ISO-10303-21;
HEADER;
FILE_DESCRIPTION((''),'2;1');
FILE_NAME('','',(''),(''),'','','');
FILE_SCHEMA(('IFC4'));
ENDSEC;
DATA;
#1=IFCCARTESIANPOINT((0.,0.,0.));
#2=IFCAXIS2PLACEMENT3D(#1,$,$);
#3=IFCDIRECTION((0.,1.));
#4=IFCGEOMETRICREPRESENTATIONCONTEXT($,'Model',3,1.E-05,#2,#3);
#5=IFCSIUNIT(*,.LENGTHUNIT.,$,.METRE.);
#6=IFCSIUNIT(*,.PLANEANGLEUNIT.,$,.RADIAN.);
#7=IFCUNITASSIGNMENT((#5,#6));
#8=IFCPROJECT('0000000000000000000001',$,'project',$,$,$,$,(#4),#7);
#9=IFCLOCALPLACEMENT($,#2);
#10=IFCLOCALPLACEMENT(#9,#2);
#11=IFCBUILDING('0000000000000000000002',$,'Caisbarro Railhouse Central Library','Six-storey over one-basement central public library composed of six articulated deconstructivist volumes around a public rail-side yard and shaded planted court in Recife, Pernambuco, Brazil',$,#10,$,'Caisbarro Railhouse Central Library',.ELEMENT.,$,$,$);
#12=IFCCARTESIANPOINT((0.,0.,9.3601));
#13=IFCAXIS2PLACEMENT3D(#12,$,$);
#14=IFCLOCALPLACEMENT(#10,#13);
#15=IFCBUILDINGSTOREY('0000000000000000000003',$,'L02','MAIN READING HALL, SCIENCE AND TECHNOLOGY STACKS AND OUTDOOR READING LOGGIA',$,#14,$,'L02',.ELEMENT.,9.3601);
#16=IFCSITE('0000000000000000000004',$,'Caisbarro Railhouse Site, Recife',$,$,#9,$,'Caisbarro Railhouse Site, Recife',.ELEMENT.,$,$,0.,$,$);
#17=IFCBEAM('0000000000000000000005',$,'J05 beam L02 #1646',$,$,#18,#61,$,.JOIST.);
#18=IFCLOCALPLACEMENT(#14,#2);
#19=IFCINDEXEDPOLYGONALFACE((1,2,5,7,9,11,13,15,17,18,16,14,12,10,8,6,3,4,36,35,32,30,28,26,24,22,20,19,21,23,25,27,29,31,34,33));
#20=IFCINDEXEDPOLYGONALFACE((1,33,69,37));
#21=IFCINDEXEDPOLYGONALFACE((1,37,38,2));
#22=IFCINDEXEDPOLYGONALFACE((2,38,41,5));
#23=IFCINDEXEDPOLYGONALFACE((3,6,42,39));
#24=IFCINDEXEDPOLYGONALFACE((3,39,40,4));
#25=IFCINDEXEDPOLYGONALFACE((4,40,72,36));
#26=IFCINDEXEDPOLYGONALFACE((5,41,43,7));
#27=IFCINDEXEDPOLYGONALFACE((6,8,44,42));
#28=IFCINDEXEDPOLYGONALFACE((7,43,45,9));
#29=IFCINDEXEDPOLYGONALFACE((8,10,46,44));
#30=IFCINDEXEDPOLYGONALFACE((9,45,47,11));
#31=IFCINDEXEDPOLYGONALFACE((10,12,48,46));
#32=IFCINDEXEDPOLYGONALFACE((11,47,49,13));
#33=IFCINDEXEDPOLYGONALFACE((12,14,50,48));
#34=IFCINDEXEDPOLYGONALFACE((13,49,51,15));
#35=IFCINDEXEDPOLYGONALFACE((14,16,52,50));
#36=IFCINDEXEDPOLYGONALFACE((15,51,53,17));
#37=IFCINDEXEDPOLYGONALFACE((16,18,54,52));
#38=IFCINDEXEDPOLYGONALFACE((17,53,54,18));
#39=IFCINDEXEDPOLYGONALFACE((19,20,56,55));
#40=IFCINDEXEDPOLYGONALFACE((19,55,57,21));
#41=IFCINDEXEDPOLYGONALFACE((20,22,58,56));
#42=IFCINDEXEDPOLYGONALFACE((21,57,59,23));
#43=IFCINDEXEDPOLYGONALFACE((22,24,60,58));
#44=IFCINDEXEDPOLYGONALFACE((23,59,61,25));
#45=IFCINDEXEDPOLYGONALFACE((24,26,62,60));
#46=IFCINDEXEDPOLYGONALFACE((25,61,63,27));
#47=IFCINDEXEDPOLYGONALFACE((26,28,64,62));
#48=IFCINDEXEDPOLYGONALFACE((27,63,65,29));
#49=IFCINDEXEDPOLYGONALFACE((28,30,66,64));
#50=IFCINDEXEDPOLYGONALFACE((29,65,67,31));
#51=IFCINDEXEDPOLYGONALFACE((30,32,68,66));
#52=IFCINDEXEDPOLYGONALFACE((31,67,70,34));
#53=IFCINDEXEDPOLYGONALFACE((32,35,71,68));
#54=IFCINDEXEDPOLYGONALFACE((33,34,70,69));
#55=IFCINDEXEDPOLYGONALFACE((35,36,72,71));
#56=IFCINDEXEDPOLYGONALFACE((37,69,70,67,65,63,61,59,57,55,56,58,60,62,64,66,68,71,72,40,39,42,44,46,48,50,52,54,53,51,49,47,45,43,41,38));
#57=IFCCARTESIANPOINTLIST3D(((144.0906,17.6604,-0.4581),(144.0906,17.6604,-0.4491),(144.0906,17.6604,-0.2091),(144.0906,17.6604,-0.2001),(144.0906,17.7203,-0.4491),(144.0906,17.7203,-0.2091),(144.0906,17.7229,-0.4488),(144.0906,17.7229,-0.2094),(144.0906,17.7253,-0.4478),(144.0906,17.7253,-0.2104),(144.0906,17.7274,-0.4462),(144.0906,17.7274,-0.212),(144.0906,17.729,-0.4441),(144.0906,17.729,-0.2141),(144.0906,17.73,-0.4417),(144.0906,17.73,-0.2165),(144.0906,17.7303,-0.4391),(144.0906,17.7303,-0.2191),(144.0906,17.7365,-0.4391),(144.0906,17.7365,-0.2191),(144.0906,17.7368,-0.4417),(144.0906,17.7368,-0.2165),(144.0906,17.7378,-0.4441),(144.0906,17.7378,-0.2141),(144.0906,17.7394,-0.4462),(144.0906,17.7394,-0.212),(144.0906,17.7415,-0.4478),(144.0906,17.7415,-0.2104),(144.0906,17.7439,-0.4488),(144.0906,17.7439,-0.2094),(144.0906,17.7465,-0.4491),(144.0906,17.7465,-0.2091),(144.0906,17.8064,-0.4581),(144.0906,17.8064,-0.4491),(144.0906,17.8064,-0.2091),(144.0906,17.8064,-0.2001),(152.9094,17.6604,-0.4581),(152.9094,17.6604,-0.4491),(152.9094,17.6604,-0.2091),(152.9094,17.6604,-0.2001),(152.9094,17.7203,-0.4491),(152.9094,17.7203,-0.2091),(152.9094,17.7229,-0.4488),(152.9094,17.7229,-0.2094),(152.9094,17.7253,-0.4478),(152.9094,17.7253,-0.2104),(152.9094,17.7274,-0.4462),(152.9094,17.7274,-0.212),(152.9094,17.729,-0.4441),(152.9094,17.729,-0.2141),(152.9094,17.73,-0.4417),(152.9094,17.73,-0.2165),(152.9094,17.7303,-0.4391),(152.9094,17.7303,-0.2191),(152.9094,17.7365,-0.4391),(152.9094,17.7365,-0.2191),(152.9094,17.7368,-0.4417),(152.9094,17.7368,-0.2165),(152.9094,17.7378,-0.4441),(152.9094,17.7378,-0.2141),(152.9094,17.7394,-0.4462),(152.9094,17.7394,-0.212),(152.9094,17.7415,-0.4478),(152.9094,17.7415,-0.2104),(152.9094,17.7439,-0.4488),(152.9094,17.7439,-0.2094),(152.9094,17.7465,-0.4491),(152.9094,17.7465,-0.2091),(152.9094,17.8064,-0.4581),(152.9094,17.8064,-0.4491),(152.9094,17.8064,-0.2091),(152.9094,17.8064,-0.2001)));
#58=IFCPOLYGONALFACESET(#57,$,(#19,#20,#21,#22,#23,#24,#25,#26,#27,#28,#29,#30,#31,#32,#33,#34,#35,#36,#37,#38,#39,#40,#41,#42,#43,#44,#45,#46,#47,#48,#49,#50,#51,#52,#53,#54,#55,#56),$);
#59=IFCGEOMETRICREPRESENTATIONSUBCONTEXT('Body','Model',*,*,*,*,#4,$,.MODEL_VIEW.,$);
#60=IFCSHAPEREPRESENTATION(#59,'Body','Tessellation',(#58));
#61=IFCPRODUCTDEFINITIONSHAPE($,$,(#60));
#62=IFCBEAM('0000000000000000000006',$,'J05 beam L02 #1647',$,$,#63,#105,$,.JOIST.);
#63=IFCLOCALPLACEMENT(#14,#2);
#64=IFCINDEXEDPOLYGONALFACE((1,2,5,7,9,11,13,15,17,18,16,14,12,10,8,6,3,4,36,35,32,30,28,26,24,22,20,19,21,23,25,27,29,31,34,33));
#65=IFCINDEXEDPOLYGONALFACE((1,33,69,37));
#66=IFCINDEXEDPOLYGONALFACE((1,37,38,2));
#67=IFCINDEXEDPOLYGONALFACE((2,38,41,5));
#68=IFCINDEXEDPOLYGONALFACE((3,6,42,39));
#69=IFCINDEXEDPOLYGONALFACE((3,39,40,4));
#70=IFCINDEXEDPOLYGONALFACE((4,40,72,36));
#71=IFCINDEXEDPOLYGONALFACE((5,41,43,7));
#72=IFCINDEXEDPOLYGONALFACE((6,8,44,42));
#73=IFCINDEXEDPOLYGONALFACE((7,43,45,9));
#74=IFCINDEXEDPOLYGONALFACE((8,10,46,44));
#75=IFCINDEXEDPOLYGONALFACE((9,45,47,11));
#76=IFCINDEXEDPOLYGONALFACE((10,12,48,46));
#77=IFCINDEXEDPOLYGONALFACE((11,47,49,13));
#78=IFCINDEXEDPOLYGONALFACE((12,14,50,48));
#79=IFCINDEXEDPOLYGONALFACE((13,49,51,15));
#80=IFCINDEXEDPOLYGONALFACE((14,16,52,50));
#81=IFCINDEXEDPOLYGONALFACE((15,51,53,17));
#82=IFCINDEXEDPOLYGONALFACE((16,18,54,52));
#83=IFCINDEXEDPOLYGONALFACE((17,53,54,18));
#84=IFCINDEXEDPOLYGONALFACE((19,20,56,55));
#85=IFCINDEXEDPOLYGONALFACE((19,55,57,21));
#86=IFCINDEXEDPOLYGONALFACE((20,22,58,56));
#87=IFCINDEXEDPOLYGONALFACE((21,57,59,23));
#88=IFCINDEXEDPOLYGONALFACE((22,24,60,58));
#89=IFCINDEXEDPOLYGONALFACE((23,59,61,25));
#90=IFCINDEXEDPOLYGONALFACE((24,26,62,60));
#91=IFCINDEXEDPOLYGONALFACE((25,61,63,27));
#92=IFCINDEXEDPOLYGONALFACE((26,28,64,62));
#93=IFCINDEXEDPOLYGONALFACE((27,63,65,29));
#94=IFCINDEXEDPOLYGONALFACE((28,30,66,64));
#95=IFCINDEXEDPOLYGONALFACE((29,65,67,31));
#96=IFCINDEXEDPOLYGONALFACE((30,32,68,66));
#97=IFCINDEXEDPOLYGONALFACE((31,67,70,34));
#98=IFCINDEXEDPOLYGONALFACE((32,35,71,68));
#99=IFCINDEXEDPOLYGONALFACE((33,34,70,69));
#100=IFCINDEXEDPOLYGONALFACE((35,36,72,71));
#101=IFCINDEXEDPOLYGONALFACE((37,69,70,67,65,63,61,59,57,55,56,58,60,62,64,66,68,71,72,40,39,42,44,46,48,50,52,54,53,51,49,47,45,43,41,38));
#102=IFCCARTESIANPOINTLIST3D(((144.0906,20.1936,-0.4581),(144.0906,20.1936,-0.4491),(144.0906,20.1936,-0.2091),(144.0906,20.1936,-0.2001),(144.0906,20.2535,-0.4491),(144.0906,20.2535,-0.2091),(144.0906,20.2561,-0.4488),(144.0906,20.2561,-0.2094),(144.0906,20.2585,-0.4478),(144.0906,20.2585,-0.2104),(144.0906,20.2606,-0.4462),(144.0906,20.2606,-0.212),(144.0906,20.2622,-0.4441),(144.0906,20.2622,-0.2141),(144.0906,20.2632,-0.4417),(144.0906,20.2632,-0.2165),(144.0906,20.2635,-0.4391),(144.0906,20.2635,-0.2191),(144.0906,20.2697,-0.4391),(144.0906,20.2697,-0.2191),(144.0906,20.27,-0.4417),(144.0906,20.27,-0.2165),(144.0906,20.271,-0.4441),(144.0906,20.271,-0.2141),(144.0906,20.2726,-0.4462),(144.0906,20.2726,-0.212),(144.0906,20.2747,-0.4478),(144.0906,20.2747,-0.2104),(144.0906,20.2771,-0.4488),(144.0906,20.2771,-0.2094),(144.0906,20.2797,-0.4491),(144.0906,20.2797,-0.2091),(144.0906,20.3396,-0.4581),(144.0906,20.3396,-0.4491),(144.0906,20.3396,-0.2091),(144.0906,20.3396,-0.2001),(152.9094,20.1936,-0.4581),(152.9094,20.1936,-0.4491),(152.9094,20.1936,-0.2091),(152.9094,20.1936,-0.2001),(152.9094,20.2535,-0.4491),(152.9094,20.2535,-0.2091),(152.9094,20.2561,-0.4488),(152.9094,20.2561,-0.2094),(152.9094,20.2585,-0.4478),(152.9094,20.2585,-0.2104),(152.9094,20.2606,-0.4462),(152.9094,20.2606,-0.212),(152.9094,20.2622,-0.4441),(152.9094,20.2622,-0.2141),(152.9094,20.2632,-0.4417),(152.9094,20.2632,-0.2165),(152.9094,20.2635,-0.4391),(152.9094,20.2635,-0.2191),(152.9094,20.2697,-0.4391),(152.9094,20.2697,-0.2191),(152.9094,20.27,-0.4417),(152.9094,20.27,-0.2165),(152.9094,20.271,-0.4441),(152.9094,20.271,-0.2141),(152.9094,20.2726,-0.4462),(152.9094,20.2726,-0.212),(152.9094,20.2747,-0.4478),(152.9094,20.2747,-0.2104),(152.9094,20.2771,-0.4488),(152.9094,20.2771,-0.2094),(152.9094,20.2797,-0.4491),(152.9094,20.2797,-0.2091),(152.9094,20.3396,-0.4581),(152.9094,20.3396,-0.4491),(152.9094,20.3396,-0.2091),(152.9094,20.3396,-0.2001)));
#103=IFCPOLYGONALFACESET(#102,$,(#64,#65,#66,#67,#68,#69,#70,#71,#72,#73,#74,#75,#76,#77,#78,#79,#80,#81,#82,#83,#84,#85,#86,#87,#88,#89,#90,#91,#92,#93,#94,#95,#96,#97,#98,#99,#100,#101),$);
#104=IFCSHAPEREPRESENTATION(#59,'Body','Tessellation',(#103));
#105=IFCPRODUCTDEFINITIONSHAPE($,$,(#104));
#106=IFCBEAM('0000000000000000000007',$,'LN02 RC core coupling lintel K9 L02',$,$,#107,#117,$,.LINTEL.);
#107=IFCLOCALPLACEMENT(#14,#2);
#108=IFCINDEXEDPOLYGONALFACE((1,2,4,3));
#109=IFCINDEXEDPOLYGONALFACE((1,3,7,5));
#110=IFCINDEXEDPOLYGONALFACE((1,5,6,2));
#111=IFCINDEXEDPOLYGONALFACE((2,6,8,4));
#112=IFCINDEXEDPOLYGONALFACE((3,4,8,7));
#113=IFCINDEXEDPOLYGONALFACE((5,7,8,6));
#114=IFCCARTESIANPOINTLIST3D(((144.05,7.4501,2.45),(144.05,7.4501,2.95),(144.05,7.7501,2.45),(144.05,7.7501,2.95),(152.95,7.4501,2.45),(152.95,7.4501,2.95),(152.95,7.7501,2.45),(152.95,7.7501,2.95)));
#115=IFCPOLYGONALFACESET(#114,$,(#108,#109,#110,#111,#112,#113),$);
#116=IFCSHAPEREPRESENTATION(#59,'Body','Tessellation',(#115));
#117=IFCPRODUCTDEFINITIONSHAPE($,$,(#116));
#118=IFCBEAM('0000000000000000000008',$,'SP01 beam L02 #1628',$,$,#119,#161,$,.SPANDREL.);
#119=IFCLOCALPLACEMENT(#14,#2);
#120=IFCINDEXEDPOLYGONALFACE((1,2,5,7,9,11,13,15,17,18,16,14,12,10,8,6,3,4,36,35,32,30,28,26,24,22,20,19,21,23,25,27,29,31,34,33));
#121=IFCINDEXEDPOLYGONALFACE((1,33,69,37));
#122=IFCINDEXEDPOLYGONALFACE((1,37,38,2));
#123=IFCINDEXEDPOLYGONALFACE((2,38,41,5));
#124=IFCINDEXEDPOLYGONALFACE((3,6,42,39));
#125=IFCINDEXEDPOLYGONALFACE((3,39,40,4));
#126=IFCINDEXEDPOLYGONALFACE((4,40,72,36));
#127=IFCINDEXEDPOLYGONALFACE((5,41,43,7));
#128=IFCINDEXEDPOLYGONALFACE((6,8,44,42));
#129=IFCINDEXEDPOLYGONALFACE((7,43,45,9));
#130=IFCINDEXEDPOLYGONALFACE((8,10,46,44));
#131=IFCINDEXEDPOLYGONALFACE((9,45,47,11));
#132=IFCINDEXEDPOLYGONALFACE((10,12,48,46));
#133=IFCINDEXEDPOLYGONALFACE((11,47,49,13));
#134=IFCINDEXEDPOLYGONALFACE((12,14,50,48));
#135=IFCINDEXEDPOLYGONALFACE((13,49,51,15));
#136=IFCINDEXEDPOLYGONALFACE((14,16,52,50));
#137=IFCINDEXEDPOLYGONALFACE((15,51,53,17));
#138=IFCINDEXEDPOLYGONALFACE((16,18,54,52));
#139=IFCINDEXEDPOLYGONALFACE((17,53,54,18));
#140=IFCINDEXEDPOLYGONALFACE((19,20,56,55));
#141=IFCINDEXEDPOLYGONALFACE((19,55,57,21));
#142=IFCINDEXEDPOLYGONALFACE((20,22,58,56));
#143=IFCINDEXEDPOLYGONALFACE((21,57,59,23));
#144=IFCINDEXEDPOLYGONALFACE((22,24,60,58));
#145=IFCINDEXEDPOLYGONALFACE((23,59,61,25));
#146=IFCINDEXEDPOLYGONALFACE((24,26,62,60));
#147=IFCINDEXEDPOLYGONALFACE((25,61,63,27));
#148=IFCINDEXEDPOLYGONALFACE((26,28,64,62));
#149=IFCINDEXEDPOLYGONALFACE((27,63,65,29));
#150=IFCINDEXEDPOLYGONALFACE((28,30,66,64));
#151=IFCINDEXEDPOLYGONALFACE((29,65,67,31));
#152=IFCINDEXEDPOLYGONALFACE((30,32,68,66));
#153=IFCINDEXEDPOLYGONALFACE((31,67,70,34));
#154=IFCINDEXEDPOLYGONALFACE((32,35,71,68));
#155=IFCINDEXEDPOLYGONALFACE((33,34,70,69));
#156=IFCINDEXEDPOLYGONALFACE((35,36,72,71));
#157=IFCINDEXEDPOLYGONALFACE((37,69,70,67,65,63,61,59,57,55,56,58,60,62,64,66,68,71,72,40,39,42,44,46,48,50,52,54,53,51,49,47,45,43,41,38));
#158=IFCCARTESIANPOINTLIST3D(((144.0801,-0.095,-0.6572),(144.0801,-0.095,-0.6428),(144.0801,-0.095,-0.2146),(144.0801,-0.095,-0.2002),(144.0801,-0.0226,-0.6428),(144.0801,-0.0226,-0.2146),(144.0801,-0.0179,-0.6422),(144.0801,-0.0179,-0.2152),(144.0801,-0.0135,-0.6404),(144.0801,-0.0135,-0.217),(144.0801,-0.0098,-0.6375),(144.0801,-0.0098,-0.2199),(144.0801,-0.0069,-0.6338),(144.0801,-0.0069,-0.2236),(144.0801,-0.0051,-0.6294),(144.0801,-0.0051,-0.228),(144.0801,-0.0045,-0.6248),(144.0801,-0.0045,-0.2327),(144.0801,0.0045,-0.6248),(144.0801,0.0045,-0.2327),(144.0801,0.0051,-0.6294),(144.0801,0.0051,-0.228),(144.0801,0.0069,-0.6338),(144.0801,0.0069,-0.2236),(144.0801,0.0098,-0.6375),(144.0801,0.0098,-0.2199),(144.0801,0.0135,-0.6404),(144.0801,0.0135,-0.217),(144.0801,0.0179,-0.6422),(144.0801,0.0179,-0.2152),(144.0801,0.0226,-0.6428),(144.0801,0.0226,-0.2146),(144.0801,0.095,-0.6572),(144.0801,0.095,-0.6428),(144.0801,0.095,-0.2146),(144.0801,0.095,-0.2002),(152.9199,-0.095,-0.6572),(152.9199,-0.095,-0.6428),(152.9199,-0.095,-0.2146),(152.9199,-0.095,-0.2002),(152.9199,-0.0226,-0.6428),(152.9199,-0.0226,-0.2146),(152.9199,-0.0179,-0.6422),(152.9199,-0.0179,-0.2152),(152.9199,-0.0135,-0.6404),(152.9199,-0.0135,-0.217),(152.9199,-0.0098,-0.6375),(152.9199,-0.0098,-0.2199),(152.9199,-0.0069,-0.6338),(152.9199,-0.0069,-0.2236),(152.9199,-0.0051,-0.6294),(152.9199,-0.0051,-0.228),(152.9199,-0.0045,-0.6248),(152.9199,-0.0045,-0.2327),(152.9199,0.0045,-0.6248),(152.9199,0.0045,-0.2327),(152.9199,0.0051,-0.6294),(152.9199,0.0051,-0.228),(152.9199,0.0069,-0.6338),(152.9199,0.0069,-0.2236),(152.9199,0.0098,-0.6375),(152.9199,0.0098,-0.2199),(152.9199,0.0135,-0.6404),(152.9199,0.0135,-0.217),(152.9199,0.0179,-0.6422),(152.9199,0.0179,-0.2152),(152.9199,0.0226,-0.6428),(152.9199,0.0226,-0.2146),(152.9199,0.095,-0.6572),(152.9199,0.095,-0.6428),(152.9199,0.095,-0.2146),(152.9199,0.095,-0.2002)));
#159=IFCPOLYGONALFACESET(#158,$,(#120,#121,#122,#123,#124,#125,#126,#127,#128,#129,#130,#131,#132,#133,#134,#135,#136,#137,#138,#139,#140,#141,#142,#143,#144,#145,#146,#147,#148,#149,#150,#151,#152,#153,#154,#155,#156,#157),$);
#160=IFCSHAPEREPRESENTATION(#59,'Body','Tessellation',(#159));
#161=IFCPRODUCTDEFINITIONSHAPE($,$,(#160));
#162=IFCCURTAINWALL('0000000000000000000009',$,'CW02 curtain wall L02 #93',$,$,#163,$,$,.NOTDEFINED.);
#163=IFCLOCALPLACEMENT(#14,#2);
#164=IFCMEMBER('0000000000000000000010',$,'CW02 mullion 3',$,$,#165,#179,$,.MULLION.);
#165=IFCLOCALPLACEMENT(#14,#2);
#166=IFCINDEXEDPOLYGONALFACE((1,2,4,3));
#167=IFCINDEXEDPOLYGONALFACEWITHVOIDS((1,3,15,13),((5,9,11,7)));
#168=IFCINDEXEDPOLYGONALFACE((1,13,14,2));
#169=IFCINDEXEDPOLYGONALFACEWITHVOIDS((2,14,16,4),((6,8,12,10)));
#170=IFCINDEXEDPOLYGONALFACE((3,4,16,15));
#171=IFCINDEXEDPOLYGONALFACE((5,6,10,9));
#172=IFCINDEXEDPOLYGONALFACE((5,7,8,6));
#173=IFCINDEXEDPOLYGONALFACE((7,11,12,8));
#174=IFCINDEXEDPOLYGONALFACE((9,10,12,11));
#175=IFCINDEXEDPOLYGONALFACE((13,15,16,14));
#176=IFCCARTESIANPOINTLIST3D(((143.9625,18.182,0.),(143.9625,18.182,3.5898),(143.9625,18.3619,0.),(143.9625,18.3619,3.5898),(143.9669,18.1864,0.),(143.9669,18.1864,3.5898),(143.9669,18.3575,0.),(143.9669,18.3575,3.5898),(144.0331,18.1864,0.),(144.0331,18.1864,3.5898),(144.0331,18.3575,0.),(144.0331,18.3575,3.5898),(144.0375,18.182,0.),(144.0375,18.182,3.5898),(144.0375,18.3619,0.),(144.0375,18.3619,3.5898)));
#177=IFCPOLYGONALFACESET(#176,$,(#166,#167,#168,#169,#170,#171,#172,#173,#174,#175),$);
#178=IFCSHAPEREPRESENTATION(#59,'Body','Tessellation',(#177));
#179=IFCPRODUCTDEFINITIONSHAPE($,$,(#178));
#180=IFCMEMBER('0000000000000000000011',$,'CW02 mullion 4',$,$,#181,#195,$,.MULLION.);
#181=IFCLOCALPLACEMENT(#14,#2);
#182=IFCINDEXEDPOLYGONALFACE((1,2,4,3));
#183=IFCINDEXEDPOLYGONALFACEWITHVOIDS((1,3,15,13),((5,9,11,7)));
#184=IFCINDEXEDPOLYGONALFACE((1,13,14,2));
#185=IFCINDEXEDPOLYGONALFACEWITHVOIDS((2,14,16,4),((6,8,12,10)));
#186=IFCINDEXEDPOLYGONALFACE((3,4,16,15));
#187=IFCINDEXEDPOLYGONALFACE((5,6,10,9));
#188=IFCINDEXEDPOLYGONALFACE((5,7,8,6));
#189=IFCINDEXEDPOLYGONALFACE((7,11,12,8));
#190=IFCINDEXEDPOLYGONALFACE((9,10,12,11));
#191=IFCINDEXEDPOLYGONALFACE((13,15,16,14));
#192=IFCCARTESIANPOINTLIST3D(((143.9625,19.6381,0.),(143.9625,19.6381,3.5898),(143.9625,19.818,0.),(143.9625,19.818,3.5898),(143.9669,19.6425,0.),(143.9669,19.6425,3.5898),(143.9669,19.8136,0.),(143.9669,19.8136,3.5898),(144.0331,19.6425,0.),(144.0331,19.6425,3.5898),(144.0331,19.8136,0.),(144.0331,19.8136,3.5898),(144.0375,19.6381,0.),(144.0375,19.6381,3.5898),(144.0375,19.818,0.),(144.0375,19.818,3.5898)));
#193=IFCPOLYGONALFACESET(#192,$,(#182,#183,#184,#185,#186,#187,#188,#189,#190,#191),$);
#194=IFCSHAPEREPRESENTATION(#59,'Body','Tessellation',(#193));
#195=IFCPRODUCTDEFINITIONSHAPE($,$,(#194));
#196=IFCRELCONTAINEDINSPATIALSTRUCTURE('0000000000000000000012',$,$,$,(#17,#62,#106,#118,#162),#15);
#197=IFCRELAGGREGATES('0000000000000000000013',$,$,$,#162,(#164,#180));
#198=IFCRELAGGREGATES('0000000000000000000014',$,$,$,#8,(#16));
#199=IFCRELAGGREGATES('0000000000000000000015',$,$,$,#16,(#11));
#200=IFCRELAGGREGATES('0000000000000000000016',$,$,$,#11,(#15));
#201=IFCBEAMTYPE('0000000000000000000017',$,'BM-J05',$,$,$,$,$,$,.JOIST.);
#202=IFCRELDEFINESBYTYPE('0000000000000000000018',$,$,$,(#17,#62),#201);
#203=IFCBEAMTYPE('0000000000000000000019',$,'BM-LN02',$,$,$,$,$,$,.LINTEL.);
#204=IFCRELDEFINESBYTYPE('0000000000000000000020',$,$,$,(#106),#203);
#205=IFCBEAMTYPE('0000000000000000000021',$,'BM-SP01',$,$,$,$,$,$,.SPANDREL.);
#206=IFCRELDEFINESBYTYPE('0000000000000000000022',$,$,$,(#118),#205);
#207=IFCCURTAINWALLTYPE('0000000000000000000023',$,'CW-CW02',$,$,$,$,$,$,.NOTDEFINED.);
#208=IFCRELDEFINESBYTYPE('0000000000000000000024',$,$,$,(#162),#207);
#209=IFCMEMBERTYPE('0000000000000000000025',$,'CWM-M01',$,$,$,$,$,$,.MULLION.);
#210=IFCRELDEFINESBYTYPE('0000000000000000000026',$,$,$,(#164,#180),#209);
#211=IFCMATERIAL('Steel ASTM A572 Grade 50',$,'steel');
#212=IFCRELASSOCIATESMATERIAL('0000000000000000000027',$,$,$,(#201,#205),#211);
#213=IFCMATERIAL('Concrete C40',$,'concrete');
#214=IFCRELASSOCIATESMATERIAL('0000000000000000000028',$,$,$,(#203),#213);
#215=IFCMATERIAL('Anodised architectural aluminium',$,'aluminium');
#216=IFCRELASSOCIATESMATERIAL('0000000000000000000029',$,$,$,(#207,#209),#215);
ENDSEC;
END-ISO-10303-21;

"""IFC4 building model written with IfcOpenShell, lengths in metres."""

from ifc_helpers import new_model, si_unit, direction, frame, origin, origin_2d, place, context, subcontext, project, spatial, rectangle, hollow_rectangle, i_section, extrude, material, material_profile, profile_set, type_object, element, aggregate, save


model = new_model("IFC4")

# Units and contexts
model_context = context("Model", 3, precision=1e-05, world=origin(), true_north=direction((0.0, 1.0)))
body_context = subcontext(model_context, "Body", "Model", "MODEL_VIEW")
ifc_project = project(units=[si_unit("LENGTHUNIT", "METRE"), si_unit("PLANEANGLEUNIT", "RADIAN")], contexts=[model_context])

# Site, building, storey
site_placement = place(None, origin())
site = spatial("IfcSite", under=ifc_project, at=site_placement, Name="Caisbarro Railhouse Site, Recife", LongName="Caisbarro Railhouse Site, Recife", CompositionType="ELEMENT", RefElevation=0.0)
building_placement = place(site_placement, origin())
building = spatial("IfcBuilding", under=site, at=building_placement, Name="Caisbarro Railhouse Central Library", Description="Six-storey over one-basement central public library composed of six articulated deconstructivist volumes around a public rail-side yard and shaded planted court in Recife, Pernambuco, Brazil", LongName="Caisbarro Railhouse Central Library", CompositionType="ELEMENT")
storey_placement = place(building_placement, frame((0.0, 0.0, 9.3601)))
storey = spatial("IfcBuildingStorey", under=building, at=storey_placement, Name="L02", Description="MAIN READING HALL, SCIENCE AND TECHNOLOGY STACKS AND OUTDOOR READING LOGGIA", LongName="L02", CompositionType="ELEMENT", Elevation=9.3601)

# Beams
ifc_material_1 = material(Name="Steel ASTM A572 Grade 50", Category="steel")
ifc_material_profile_1 = material_profile(ifc_material_1, i_section(OverallWidth=0.146, OverallDepth=0.2581, WebThickness=0.0061, FlangeThickness=0.009, FilletRadius=0.01, at=origin_2d()), Name="W250X32.7")
ifc_profile_set_1 = profile_set([ifc_material_profile_1], Name="Steel ASTM A572 Grade 50")
beam_type_1 = type_object("IfcBeamType", Name="BM-J05", PredefinedType="JOIST", material=ifc_profile_set_1)
for number, where, z_axis, x_axis, name in (
    (1, (144.0906, 17.7334, -0.3291), (1.0, 0.0, 0.0), (0.0, 1.0, 0.0), "J05 beam L02 #1646"),
    (2, (144.0906, 20.2666, -0.3291), (1.0, 0.0, 0.0), (0.0, 1.0, 0.0), "J05 beam L02 #1647"),
):
    element("IfcBeam", number, at=place(storey_placement, frame(where, z_axis=z_axis, x_axis=x_axis)), inside=storey, type_object=beam_type_1, Name=name, PredefinedType="JOIST", context=body_context, shape_type="SweptSolid", body=[
        extrude(i_section(OverallWidth=0.146, OverallDepth=0.2581, WebThickness=0.0061, FlangeThickness=0.009, FilletRadius=0.01, at=origin_2d()), origin(), (0.0, 0.0, 1.0), 8.8188),
    ])
ifc_material_2 = material(Name="Concrete C40", Category="concrete")
ifc_material_profile_2 = material_profile(ifc_material_2, rectangle(XDim=0.3, YDim=0.5, at=origin_2d()), Name="RC-LIN-300X500")
ifc_profile_set_2 = profile_set([ifc_material_profile_2], Name="Concrete C40")
beam_type_2 = type_object("IfcBeamType", Name="BM-LN02", PredefinedType="LINTEL", material=ifc_profile_set_2)
beam_1_placement = place(storey_placement, frame((144.05, 7.6001, 2.7), z_axis=(1.0, 0.0, 0.0), x_axis=(0.0, 1.0, 0.0)))
element("IfcBeam", 3, at=beam_1_placement, inside=storey, type_object=beam_type_2, Name="LN02 RC core coupling lintel K9 L02", PredefinedType="LINTEL", context=body_context, shape_type="SweptSolid", body=[
    extrude(rectangle(XDim=0.3, YDim=0.5, at=origin_2d()), origin(), (0.0, 0.0, 1.0), 8.8999),
])
ifc_material_profile_3 = material_profile(ifc_material_1, i_section(OverallWidth=0.1899, OverallDepth=0.457, WebThickness=0.009, FlangeThickness=0.0144, FilletRadius=0.0181, at=origin_2d()), Name="W460X74.0")
ifc_profile_set_3 = profile_set([ifc_material_profile_3], Name="Steel ASTM A572 Grade 50")
beam_type_3 = type_object("IfcBeamType", Name="BM-SP01", PredefinedType="SPANDREL", material=ifc_profile_set_3)
beam_2_placement = place(storey_placement, frame((144.0801, 0.0, -0.4287), z_axis=(1.0, 0.0, 0.0), x_axis=(0.0, 1.0, 0.0)))
element("IfcBeam", 4, at=beam_2_placement, inside=storey, type_object=beam_type_3, Name="SP01 beam L02 #1628", PredefinedType="SPANDREL", context=body_context, shape_type="SweptSolid", body=[
    extrude(i_section(OverallWidth=0.1899, OverallDepth=0.457, WebThickness=0.009, FlangeThickness=0.0144, FilletRadius=0.0181, at=origin_2d()), origin(), (0.0, 0.0, 1.0), 8.8398),
])

# Curtain wall, members
ifc_material_3 = material(Name="Anodised architectural aluminium", Category="aluminium")
curtain_wall_type = type_object("IfcCurtainWallType", Name="CW-CW02", PredefinedType="NOTDEFINED", material=ifc_material_3)
curtain_wall_placement = place(storey_placement, origin())
curtain_wall = element("IfcCurtainWall", 5, at=curtain_wall_placement, inside=storey, type_object=curtain_wall_type, Name="CW02 curtain wall L02 #93", PredefinedType="NOTDEFINED")
ifc_material_profile_4 = material_profile(ifc_material_3, hollow_rectangle(XDim=0.075, YDim=0.1799, WallThickness=0.0044, at=origin_2d()), Name="ALU-MUL-75X180")
ifc_profile_set_4 = profile_set([ifc_material_profile_4], Name="Anodised architectural aluminium")
member_type_1 = type_object("IfcMemberType", Name="CWM-M01", PredefinedType="MULLION", material=ifc_profile_set_4)
member_1_placement = place(storey_placement, frame((144.0, 18.272, 0.0), z_axis=(0.0, 0.0, 1.0), x_axis=(-1.0, 0.0, 0.0)))
member_1 = element("IfcMember", 6, at=member_1_placement, type_object=member_type_1, Name="CW02 mullion 3", PredefinedType="MULLION", context=body_context, shape_type="SweptSolid", body=[
    extrude(hollow_rectangle(XDim=0.075, YDim=0.1799, WallThickness=0.0044, at=origin_2d()), origin(), (0.0, 0.0, 1.0), 3.5898),
])
member_2_placement = place(storey_placement, frame((144.0, 19.728, 0.0), z_axis=(0.0, 0.0, 1.0), x_axis=(-1.0, 0.0, 0.0)))
member_2 = element("IfcMember", 7, at=member_2_placement, type_object=member_type_1, Name="CW02 mullion 4", PredefinedType="MULLION", context=body_context, shape_type="SweptSolid", body=[
    extrude(hollow_rectangle(XDim=0.075, YDim=0.1799, WallThickness=0.0044, at=origin_2d()), origin(), (0.0, 0.0, 1.0), 3.5898),
])
aggregate(curtain_wall, [member_1, member_2])

save(model, "model.ifc")
